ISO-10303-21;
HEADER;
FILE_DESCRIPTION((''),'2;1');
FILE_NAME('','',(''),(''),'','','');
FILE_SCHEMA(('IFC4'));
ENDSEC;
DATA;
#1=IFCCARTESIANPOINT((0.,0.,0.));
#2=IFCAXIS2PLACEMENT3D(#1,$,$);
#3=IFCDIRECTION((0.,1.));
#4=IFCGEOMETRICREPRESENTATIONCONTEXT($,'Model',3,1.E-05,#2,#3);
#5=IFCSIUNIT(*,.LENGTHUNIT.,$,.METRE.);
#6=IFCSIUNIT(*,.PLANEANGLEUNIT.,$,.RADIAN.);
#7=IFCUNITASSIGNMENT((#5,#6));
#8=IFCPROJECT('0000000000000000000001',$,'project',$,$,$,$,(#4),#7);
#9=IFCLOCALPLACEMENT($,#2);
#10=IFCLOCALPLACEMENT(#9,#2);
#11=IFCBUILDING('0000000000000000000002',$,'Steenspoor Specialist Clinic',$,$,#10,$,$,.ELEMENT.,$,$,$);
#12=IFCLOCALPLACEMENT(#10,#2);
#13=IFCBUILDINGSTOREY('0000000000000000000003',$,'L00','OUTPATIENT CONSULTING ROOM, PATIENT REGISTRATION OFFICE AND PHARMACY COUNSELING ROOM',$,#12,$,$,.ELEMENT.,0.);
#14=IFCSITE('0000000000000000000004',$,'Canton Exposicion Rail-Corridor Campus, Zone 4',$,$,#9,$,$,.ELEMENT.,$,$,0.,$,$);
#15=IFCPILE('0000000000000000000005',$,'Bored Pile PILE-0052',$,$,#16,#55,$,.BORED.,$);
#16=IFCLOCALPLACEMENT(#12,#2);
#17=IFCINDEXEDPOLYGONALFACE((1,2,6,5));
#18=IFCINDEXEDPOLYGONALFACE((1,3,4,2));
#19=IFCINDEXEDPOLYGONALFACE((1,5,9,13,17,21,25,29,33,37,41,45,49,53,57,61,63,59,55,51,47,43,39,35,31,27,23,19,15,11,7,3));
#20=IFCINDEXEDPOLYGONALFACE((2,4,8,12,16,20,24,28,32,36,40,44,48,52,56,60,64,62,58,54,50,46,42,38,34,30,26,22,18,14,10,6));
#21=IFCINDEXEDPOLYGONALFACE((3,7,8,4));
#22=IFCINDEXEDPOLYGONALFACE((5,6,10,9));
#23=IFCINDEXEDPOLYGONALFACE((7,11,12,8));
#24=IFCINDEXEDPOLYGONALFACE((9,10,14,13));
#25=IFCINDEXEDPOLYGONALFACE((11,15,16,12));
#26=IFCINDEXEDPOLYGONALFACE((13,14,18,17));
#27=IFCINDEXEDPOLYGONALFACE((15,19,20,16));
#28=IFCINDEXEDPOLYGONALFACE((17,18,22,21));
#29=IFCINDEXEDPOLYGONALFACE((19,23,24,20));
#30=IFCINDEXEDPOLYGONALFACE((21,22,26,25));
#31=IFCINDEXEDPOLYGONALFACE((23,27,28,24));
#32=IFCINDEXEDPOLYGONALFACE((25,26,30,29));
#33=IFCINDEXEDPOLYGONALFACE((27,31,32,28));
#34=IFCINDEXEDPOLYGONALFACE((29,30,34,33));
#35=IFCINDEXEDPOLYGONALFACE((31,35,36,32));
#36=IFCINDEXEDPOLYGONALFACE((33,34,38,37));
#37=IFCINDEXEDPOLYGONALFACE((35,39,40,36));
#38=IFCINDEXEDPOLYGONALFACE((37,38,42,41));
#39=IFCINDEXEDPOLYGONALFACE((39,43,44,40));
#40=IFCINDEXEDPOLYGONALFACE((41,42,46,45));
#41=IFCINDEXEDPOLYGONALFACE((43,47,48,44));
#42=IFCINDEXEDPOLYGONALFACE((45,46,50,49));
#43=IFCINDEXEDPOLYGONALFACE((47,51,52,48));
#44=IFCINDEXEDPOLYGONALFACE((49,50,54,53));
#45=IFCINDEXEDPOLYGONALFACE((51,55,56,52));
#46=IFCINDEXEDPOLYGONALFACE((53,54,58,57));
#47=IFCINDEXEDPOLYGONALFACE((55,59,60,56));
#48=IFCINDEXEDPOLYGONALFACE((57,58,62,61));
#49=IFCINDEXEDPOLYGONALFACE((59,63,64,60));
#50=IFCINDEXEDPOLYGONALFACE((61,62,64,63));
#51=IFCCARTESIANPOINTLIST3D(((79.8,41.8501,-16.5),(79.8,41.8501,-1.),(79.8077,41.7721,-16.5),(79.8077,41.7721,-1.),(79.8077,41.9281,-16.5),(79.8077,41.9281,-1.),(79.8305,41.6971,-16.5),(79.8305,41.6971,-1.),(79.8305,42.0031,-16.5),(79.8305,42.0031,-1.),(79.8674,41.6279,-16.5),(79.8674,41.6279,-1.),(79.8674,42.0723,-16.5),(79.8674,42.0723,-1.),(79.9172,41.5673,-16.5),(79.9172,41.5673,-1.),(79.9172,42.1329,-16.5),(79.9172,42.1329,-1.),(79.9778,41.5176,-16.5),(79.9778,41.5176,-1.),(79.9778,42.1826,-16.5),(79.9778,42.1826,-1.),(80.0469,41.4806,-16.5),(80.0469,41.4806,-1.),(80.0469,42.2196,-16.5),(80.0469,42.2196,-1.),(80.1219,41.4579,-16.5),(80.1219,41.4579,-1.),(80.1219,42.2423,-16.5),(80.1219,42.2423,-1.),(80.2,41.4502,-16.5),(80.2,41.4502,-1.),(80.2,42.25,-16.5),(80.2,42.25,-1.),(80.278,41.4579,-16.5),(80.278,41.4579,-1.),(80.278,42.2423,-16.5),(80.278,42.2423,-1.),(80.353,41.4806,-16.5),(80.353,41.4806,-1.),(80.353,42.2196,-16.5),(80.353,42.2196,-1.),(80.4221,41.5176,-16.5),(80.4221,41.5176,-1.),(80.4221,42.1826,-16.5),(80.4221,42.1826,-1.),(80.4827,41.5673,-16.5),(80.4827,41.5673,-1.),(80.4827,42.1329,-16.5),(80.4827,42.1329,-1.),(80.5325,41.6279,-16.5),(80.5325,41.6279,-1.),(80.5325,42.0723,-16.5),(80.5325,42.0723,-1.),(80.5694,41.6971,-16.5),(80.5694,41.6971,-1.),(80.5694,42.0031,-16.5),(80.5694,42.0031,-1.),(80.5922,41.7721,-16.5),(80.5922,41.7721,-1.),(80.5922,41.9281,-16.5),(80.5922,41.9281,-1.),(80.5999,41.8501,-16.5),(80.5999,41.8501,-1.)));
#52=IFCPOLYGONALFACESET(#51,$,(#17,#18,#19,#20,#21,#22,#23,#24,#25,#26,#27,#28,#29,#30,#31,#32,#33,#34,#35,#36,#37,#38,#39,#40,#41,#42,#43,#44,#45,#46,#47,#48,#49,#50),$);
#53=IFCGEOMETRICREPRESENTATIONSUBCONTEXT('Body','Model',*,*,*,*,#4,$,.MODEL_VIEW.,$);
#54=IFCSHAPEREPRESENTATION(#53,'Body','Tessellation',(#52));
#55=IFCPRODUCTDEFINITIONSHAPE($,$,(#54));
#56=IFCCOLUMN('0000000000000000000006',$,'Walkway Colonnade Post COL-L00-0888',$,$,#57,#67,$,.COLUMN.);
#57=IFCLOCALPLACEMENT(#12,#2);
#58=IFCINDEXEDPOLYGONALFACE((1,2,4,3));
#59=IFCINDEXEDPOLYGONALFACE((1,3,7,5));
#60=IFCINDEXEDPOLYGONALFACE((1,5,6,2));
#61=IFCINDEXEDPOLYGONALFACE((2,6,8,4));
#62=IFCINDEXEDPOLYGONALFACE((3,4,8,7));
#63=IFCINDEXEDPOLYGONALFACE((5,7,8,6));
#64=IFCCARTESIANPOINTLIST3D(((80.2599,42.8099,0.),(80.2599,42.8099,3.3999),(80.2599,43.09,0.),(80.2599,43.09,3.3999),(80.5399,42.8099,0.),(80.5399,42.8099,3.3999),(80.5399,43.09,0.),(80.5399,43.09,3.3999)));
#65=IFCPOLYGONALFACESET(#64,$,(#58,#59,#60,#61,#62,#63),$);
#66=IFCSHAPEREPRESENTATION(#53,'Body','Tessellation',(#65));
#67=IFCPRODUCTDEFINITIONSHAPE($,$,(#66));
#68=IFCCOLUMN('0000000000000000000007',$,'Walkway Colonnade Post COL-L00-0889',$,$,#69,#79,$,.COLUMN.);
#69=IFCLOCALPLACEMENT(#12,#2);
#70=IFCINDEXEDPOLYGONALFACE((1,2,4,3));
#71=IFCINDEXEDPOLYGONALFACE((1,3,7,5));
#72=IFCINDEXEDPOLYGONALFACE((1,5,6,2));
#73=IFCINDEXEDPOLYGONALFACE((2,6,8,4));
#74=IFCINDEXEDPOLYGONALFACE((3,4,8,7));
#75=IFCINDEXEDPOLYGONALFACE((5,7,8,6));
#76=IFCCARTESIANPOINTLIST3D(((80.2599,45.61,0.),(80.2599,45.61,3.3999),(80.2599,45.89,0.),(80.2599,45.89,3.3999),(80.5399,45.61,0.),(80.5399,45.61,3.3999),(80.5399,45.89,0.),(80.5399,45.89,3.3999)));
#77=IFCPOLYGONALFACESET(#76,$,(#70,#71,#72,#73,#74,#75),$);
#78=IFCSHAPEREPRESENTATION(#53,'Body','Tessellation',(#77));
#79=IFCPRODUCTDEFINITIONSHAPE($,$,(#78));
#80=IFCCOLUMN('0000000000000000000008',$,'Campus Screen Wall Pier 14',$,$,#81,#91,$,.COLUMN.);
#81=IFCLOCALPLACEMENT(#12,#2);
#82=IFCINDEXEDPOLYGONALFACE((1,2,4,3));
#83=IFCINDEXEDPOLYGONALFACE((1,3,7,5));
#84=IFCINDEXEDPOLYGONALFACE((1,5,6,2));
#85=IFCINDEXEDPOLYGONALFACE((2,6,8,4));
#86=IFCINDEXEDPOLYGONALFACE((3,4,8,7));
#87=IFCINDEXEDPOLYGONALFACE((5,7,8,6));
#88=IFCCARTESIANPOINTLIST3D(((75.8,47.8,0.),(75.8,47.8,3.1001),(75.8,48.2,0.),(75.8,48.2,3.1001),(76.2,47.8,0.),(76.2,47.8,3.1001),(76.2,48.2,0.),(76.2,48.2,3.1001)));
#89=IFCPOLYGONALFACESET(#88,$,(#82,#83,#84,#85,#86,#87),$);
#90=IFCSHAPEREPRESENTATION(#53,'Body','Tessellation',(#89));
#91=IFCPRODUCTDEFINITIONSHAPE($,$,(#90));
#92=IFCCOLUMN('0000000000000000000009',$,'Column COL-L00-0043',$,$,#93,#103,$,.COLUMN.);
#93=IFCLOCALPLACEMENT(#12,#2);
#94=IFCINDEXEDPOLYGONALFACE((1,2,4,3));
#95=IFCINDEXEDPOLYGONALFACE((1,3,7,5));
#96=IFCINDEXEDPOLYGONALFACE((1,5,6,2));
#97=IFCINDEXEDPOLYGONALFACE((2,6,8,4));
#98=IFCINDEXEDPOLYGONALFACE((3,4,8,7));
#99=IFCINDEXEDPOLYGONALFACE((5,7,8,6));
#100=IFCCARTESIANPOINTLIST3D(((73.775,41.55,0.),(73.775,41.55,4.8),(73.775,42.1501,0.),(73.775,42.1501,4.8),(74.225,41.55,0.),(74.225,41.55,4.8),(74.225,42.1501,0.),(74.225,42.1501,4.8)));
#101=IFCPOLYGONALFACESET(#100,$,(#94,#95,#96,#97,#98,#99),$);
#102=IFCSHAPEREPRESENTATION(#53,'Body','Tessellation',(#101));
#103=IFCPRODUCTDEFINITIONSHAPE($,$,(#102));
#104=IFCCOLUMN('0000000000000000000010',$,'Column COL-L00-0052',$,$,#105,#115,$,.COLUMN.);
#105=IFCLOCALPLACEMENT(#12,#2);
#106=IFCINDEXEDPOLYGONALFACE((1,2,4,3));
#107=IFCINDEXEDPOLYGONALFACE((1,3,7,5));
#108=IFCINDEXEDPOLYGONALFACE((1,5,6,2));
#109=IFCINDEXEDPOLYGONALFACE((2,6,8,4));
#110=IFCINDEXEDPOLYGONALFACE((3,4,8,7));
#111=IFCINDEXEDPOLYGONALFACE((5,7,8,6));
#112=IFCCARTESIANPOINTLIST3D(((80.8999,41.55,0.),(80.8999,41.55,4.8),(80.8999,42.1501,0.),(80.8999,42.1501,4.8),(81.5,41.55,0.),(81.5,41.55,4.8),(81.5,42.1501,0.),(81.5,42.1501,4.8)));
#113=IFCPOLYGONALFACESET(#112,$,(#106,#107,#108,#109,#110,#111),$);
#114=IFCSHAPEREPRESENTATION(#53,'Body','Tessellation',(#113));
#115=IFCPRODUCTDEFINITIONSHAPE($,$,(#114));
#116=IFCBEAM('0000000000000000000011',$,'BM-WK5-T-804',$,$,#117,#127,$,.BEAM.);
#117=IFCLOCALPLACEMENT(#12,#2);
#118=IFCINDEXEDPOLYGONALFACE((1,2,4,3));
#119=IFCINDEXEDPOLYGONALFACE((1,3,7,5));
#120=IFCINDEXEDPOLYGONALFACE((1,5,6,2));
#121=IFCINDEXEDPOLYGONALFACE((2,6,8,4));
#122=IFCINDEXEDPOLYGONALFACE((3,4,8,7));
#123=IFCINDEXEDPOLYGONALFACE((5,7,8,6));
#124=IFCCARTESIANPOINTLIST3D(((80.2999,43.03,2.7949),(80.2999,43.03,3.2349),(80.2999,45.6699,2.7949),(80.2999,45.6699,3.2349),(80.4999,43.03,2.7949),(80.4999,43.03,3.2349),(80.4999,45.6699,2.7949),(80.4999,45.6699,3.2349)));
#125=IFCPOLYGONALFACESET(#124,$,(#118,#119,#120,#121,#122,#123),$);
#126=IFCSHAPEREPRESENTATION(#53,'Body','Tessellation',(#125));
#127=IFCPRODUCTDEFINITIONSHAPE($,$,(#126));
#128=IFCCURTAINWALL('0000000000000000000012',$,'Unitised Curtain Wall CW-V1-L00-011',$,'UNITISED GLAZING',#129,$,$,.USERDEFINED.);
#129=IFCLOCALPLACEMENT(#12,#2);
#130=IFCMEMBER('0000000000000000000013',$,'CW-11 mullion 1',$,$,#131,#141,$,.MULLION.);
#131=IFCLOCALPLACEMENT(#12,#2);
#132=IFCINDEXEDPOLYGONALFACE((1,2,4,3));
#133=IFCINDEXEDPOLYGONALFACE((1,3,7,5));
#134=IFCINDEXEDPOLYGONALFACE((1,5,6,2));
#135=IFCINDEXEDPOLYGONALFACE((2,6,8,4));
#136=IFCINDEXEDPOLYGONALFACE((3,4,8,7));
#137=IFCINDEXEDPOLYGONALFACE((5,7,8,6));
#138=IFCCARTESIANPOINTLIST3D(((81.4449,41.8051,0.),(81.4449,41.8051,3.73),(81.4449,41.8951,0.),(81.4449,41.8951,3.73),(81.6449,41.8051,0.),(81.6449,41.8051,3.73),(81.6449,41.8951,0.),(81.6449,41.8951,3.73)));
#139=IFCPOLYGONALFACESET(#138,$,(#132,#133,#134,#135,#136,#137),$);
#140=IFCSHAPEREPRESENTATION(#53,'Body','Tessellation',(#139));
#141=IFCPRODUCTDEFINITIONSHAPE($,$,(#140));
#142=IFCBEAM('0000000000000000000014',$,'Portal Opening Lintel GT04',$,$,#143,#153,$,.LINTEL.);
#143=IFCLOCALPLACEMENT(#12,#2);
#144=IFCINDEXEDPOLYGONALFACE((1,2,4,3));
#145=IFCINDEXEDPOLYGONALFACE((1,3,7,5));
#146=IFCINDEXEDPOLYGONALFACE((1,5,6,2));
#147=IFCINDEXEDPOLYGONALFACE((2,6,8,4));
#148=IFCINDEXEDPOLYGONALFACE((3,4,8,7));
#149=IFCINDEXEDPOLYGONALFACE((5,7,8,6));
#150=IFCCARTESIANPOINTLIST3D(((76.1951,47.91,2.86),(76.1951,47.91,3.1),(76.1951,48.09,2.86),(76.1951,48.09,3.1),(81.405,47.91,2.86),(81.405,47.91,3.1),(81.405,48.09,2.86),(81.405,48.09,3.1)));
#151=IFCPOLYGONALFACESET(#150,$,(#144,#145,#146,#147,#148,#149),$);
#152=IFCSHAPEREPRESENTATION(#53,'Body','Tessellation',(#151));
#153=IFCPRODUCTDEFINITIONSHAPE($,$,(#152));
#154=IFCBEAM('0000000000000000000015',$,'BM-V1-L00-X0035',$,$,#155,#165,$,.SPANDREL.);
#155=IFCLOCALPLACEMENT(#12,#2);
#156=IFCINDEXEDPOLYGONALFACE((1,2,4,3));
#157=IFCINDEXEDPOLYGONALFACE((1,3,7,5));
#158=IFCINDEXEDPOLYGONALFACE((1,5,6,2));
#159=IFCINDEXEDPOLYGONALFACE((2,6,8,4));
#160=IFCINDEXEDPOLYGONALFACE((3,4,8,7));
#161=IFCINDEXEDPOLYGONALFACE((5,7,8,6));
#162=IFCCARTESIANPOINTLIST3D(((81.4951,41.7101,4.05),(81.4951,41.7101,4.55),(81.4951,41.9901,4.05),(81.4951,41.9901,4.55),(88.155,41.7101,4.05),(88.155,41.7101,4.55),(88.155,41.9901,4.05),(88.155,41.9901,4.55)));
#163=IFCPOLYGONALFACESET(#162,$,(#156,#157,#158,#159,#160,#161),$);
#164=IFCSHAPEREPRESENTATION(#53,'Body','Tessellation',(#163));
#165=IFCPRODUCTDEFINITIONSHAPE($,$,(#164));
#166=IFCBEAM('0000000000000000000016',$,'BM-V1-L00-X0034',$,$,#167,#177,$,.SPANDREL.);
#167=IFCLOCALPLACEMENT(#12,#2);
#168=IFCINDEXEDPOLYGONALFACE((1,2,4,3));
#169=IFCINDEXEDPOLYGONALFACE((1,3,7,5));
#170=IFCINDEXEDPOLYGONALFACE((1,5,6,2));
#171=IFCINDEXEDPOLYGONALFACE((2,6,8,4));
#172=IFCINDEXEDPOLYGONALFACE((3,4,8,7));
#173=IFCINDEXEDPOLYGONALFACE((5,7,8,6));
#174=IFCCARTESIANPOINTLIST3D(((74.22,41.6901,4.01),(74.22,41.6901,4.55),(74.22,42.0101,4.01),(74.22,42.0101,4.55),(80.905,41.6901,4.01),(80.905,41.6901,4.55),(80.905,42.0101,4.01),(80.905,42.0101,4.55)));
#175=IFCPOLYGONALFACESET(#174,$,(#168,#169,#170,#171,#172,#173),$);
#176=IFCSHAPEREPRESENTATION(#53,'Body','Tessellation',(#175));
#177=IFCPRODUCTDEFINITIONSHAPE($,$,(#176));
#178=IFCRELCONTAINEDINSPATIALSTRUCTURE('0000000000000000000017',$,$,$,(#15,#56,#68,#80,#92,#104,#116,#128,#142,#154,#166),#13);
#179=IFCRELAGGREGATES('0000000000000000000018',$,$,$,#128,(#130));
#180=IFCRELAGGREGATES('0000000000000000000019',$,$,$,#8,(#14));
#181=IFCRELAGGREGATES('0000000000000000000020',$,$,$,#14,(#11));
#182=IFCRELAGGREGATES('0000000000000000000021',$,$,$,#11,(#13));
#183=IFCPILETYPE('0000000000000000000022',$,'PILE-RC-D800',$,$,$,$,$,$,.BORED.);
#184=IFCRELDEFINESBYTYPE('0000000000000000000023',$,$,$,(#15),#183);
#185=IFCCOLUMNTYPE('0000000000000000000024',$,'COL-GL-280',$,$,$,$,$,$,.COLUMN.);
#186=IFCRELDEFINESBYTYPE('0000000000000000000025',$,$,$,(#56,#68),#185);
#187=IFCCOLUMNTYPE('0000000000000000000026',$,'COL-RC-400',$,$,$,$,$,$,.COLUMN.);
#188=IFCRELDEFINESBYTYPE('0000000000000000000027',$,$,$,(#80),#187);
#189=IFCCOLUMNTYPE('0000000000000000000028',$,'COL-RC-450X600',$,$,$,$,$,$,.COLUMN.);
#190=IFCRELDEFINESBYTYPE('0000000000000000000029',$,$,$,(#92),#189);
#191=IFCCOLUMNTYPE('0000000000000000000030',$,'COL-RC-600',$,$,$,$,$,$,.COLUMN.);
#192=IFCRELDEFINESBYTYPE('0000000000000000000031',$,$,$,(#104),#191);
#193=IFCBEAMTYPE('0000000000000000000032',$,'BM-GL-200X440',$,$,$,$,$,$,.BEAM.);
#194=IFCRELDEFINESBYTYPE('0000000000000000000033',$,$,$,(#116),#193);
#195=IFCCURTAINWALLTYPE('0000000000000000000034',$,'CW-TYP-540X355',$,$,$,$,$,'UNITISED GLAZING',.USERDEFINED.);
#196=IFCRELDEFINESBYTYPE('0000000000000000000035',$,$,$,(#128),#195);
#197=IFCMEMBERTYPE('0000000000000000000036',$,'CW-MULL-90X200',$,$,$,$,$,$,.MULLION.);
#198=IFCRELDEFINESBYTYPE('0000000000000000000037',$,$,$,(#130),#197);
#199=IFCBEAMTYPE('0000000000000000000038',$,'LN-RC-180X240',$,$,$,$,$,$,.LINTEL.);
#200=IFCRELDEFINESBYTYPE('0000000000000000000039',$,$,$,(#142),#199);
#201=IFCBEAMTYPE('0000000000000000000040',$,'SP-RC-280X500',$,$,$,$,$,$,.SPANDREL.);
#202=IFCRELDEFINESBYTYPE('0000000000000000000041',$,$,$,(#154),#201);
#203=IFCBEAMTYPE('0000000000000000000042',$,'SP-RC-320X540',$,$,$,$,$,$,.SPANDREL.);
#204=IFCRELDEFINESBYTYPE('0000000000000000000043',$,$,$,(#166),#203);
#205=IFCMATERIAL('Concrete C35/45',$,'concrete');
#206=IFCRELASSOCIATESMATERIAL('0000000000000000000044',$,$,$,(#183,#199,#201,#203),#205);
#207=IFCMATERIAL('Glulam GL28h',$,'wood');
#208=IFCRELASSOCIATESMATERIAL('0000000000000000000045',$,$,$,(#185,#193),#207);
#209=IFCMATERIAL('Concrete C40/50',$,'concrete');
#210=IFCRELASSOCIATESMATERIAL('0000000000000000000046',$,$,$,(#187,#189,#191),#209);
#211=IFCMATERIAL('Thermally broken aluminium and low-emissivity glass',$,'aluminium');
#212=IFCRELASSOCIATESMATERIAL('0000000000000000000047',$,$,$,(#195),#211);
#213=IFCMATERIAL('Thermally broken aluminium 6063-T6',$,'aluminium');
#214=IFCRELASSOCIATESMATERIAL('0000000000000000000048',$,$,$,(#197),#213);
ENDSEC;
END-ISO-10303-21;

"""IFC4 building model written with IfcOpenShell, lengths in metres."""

from ifc_helpers import new_model, si_unit, direction, frame, origin, origin_2d, place, context, subcontext, project, spatial, rectangle, circle, extrude, material, material_profile, profile_set, type_object, element, aggregate, save


model = new_model("IFC4")

# Units and contexts
model_context = context("Model", 3, precision=1e-05, world=origin(), true_north=direction((0.0, 1.0)))
body_context = subcontext(model_context, "Body", "Model", "MODEL_VIEW")
ifc_project = project(units=[si_unit("LENGTHUNIT", "METRE"), si_unit("PLANEANGLEUNIT", "RADIAN")], contexts=[model_context])

# Site, building, storey
site_placement = place(None, origin())
site = spatial("IfcSite", under=ifc_project, at=site_placement, Name="Canton Exposicion Rail-Corridor Campus, Zone 4", CompositionType="ELEMENT", RefElevation=0.0)
building_placement = place(site_placement, origin())
building = spatial("IfcBuilding", under=site, at=building_placement, Name="Steenspoor Specialist Clinic", CompositionType="ELEMENT")
storey_placement = place(building_placement, origin())
storey = spatial("IfcBuildingStorey", under=building, at=storey_placement, Name="L00", Description="OUTPATIENT CONSULTING ROOM, PATIENT REGISTRATION OFFICE AND PHARMACY COUNSELING ROOM", CompositionType="ELEMENT", Elevation=0.0)

# Shared definitions
ifc_material_1 = material(Name="Concrete C35/45", Category="concrete")

# Pile
ifc_material_profile_1 = material_profile(ifc_material_1, circle(Radius=0.3999, at=origin_2d()), Name="PILE-D800")
ifc_profile_set_1 = profile_set([ifc_material_profile_1], Name="Concrete C35/45")
pile_type_1 = type_object("IfcPileType", Name="PILE-RC-D800", PredefinedType="BORED", material=ifc_profile_set_1)
pile_1_placement = place(storey_placement, frame((80.2, 41.8501, -1.0), z_axis=(0.0, 0.0, -1.0), x_axis=(1.0, 0.0, 0.0)))
element("IfcPile", 1, at=pile_1_placement, inside=storey, type_object=pile_type_1, Name="Bored Pile PILE-0052", PredefinedType="BORED", context=body_context, shape_type="SweptSolid", body=[
    extrude(circle(Radius=0.3999, at=origin_2d()), origin(), (0.0, 0.0, 1.0), 15.5),
])

# Columns
ifc_material_2 = material(Name="Glulam GL28h", Category="wood")
ifc_material_profile_2 = material_profile(ifc_material_2, rectangle(XDim=0.28, YDim=0.28, at=origin_2d()), Name="GL28H-280X280")
ifc_profile_set_2 = profile_set([ifc_material_profile_2], Name="Glulam GL28h")
column_type_1 = type_object("IfcColumnType", Name="COL-GL-280", PredefinedType="COLUMN", material=ifc_profile_set_2)
for number, where, z_axis, x_axis, name in (
    (2, (80.3999, 42.95, 0.0), (0.0, 0.0, 1.0), (1.0, 0.0, 0.0), "Walkway Colonnade Post COL-L00-0888"),
    (3, (80.3999, 45.75, 0.0), (0.0, 0.0, 1.0), (1.0, 0.0, 0.0), "Walkway Colonnade Post COL-L00-0889"),
):
    element("IfcColumn", number, at=place(storey_placement, frame(where, z_axis=z_axis, x_axis=x_axis)), inside=storey, type_object=column_type_1, Name=name, PredefinedType="COLUMN", context=body_context, shape_type="SweptSolid", body=[
        extrude(rectangle(XDim=0.28, YDim=0.28, at=origin_2d()), origin(), (0.0, 0.0, 1.0), 3.3999),
    ])
ifc_material_3 = material(Name="Concrete C40/50", Category="concrete")
ifc_material_profile_3 = material_profile(ifc_material_3, rectangle(XDim=0.3999, YDim=0.3999, at=origin_2d()), Name="RC-COL-400X400")
ifc_profile_set_3 = profile_set([ifc_material_profile_3], Name="Concrete C40/50")
column_type_2 = type_object("IfcColumnType", Name="COL-RC-400", PredefinedType="COLUMN", material=ifc_profile_set_3)
column_1_placement = place(storey_placement, frame((76.0, 48.0, 0.0), z_axis=(0.0, 0.0, 1.0), x_axis=(1.0, 0.0, 0.0)))
element("IfcColumn", 4, at=column_1_placement, inside=storey, type_object=column_type_2, Name="Campus Screen Wall Pier 14", PredefinedType="COLUMN", context=body_context, shape_type="SweptSolid", body=[
    extrude(rectangle(XDim=0.3999, YDim=0.3999, at=origin_2d()), origin(), (0.0, 0.0, 1.0), 3.1001),
])
ifc_material_profile_4 = material_profile(ifc_material_3, rectangle(XDim=0.45, YDim=0.6001, at=origin_2d()), Name="RC-COL-450X600")
ifc_profile_set_4 = profile_set([ifc_material_profile_4], Name="Concrete C40/50")
column_type_3 = type_object("IfcColumnType", Name="COL-RC-450X600", PredefinedType="COLUMN", material=ifc_profile_set_4)
column_2_placement = place(storey_placement, frame((74.0, 41.8501, 0.0), z_axis=(0.0, 0.0, 1.0), x_axis=(1.0, 0.0, 0.0)))
element("IfcColumn", 5, at=column_2_placement, inside=storey, type_object=column_type_3, Name="Column COL-L00-0043", PredefinedType="COLUMN", context=body_context, shape_type="SweptSolid", body=[
    extrude(rectangle(XDim=0.45, YDim=0.6001, at=origin_2d()), origin(), (0.0, 0.0, 1.0), 4.8),
])
ifc_material_profile_5 = material_profile(ifc_material_3, rectangle(XDim=0.6001, YDim=0.6001, at=origin_2d()), Name="RC-COL-600X600")
ifc_profile_set_5 = profile_set([ifc_material_profile_5], Name="Concrete C40/50")
column_type_4 = type_object("IfcColumnType", Name="COL-RC-600", PredefinedType="COLUMN", material=ifc_profile_set_5)
column_3_placement = place(storey_placement, frame((81.2, 41.8501, 0.0), z_axis=(0.0, 0.0, 1.0), x_axis=(1.0, 0.0, 0.0)))
element("IfcColumn", 6, at=column_3_placement, inside=storey, type_object=column_type_4, Name="Column COL-L00-0052", PredefinedType="COLUMN", context=body_context, shape_type="SweptSolid", body=[
    extrude(rectangle(XDim=0.6001, YDim=0.6001, at=origin_2d()), origin(), (0.0, 0.0, 1.0), 4.8),
])

# Beam
ifc_material_profile_6 = material_profile(ifc_material_2, rectangle(XDim=0.2, YDim=0.4399, at=origin_2d()), Name="GL28H-200X440")
ifc_profile_set_6 = profile_set([ifc_material_profile_6], Name="Glulam GL28h")
beam_type_1 = type_object("IfcBeamType", Name="BM-GL-200X440", PredefinedType="BEAM", material=ifc_profile_set_6)
beam_1_placement = place(storey_placement, frame((80.3999, 43.03, 3.0149), z_axis=(0.0, 1.0, 0.0), x_axis=(-1.0, 0.0, 0.0)))
element("IfcBeam", 7, at=beam_1_placement, inside=storey, type_object=beam_type_1, Name="BM-WK5-T-804", PredefinedType="BEAM", context=body_context, shape_type="SweptSolid", body=[
    extrude(rectangle(XDim=0.2, YDim=0.4399, at=origin_2d()), origin(), (0.0, 0.0, 1.0), 2.6399),
])

# Curtain wall, member
ifc_material_4 = material(Name="Thermally broken aluminium and low-emissivity glass", Category="aluminium")
curtain_wall_type = type_object("IfcCurtainWallType", Name="CW-TYP-540X355", ElementType="UNITISED GLAZING", PredefinedType="USERDEFINED", material=ifc_material_4)
curtain_wall_placement = place(storey_placement, origin())
curtain_wall = element("IfcCurtainWall", 8, at=curtain_wall_placement, inside=storey, type_object=curtain_wall_type, Name="Unitised Curtain Wall CW-V1-L00-011", ObjectType="UNITISED GLAZING", PredefinedType="USERDEFINED")
ifc_material_5 = material(Name="Thermally broken aluminium 6063-T6", Category="aluminium")
ifc_material_profile_7 = material_profile(ifc_material_5, rectangle(XDim=0.0901, YDim=0.2, at=origin_2d()), Name="CWM-90X200")
ifc_profile_set_7 = profile_set([ifc_material_profile_7], Name="Thermally broken aluminium 6063-T6")
member_type = type_object("IfcMemberType", Name="CW-MULL-90X200", PredefinedType="MULLION", material=ifc_profile_set_7)
member_placement = place(storey_placement, frame((81.5449, 41.8501, 0.0), z_axis=(0.0, 0.0, 1.0), x_axis=(0.0, 1.0, 0.0)))
member = element("IfcMember", 9, at=member_placement, type_object=member_type, Name="CW-11 mullion 1", PredefinedType="MULLION", context=body_context, shape_type="SweptSolid", body=[
    extrude(rectangle(XDim=0.0901, YDim=0.2, at=origin_2d()), origin(), (0.0, 0.0, 1.0), 3.73),
])
aggregate(curtain_wall, [member])

# Beams
ifc_material_profile_8 = material_profile(ifc_material_1, rectangle(XDim=0.1799, YDim=0.24, at=origin_2d()), Name="RC-LN-180X240")
ifc_profile_set_8 = profile_set([ifc_material_profile_8], Name="Concrete C35/45")
beam_type_2 = type_object("IfcBeamType", Name="LN-RC-180X240", PredefinedType="LINTEL", material=ifc_profile_set_8)
beam_2_placement = place(storey_placement, frame((76.1951, 48.0, 2.98), z_axis=(1.0, 0.0, 0.0), x_axis=(0.0, 1.0, 0.0)))
element("IfcBeam", 10, at=beam_2_placement, inside=storey, type_object=beam_type_2, Name="Portal Opening Lintel GT04", PredefinedType="LINTEL", context=body_context, shape_type="SweptSolid", body=[
    extrude(rectangle(XDim=0.1799, YDim=0.24, at=origin_2d()), origin(), (0.0, 0.0, 1.0), 5.21),
])
ifc_material_profile_9 = material_profile(ifc_material_1, rectangle(XDim=0.28, YDim=0.5, at=origin_2d()), Name="RC-SP-280X500")
ifc_profile_set_9 = profile_set([ifc_material_profile_9], Name="Concrete C35/45")
beam_type_3 = type_object("IfcBeamType", Name="SP-RC-280X500", PredefinedType="SPANDREL", material=ifc_profile_set_9)
beam_3_placement = place(storey_placement, frame((81.4951, 41.8501, 4.3), z_axis=(1.0, 0.0, 0.0), x_axis=(0.0, 1.0, 0.0)))
element("IfcBeam", 11, at=beam_3_placement, inside=storey, type_object=beam_type_3, Name="BM-V1-L00-X0035", PredefinedType="SPANDREL", context=body_context, shape_type="SweptSolid", body=[
    extrude(rectangle(XDim=0.28, YDim=0.5, at=origin_2d()), origin(), (0.0, 0.0, 1.0), 6.6599),
])
ifc_material_profile_10 = material_profile(ifc_material_1, rectangle(XDim=0.3201, YDim=0.54, at=origin_2d()), Name="RC-SP-320X540")
ifc_profile_set_10 = profile_set([ifc_material_profile_10], Name="Concrete C35/45")
beam_type_4 = type_object("IfcBeamType", Name="SP-RC-320X540", PredefinedType="SPANDREL", material=ifc_profile_set_10)
beam_4_placement = place(storey_placement, frame((74.22, 41.8501, 4.28), z_axis=(1.0, 0.0, 0.0), x_axis=(0.0, 1.0, 0.0)))
element("IfcBeam", 12, at=beam_4_placement, inside=storey, type_object=beam_type_4, Name="BM-V1-L00-X0034", PredefinedType="SPANDREL", context=body_context, shape_type="SweptSolid", body=[
    extrude(rectangle(XDim=0.3201, YDim=0.54, at=origin_2d()), origin(), (0.0, 0.0, 1.0), 6.6851),
])

save(model, "model.ifc")
